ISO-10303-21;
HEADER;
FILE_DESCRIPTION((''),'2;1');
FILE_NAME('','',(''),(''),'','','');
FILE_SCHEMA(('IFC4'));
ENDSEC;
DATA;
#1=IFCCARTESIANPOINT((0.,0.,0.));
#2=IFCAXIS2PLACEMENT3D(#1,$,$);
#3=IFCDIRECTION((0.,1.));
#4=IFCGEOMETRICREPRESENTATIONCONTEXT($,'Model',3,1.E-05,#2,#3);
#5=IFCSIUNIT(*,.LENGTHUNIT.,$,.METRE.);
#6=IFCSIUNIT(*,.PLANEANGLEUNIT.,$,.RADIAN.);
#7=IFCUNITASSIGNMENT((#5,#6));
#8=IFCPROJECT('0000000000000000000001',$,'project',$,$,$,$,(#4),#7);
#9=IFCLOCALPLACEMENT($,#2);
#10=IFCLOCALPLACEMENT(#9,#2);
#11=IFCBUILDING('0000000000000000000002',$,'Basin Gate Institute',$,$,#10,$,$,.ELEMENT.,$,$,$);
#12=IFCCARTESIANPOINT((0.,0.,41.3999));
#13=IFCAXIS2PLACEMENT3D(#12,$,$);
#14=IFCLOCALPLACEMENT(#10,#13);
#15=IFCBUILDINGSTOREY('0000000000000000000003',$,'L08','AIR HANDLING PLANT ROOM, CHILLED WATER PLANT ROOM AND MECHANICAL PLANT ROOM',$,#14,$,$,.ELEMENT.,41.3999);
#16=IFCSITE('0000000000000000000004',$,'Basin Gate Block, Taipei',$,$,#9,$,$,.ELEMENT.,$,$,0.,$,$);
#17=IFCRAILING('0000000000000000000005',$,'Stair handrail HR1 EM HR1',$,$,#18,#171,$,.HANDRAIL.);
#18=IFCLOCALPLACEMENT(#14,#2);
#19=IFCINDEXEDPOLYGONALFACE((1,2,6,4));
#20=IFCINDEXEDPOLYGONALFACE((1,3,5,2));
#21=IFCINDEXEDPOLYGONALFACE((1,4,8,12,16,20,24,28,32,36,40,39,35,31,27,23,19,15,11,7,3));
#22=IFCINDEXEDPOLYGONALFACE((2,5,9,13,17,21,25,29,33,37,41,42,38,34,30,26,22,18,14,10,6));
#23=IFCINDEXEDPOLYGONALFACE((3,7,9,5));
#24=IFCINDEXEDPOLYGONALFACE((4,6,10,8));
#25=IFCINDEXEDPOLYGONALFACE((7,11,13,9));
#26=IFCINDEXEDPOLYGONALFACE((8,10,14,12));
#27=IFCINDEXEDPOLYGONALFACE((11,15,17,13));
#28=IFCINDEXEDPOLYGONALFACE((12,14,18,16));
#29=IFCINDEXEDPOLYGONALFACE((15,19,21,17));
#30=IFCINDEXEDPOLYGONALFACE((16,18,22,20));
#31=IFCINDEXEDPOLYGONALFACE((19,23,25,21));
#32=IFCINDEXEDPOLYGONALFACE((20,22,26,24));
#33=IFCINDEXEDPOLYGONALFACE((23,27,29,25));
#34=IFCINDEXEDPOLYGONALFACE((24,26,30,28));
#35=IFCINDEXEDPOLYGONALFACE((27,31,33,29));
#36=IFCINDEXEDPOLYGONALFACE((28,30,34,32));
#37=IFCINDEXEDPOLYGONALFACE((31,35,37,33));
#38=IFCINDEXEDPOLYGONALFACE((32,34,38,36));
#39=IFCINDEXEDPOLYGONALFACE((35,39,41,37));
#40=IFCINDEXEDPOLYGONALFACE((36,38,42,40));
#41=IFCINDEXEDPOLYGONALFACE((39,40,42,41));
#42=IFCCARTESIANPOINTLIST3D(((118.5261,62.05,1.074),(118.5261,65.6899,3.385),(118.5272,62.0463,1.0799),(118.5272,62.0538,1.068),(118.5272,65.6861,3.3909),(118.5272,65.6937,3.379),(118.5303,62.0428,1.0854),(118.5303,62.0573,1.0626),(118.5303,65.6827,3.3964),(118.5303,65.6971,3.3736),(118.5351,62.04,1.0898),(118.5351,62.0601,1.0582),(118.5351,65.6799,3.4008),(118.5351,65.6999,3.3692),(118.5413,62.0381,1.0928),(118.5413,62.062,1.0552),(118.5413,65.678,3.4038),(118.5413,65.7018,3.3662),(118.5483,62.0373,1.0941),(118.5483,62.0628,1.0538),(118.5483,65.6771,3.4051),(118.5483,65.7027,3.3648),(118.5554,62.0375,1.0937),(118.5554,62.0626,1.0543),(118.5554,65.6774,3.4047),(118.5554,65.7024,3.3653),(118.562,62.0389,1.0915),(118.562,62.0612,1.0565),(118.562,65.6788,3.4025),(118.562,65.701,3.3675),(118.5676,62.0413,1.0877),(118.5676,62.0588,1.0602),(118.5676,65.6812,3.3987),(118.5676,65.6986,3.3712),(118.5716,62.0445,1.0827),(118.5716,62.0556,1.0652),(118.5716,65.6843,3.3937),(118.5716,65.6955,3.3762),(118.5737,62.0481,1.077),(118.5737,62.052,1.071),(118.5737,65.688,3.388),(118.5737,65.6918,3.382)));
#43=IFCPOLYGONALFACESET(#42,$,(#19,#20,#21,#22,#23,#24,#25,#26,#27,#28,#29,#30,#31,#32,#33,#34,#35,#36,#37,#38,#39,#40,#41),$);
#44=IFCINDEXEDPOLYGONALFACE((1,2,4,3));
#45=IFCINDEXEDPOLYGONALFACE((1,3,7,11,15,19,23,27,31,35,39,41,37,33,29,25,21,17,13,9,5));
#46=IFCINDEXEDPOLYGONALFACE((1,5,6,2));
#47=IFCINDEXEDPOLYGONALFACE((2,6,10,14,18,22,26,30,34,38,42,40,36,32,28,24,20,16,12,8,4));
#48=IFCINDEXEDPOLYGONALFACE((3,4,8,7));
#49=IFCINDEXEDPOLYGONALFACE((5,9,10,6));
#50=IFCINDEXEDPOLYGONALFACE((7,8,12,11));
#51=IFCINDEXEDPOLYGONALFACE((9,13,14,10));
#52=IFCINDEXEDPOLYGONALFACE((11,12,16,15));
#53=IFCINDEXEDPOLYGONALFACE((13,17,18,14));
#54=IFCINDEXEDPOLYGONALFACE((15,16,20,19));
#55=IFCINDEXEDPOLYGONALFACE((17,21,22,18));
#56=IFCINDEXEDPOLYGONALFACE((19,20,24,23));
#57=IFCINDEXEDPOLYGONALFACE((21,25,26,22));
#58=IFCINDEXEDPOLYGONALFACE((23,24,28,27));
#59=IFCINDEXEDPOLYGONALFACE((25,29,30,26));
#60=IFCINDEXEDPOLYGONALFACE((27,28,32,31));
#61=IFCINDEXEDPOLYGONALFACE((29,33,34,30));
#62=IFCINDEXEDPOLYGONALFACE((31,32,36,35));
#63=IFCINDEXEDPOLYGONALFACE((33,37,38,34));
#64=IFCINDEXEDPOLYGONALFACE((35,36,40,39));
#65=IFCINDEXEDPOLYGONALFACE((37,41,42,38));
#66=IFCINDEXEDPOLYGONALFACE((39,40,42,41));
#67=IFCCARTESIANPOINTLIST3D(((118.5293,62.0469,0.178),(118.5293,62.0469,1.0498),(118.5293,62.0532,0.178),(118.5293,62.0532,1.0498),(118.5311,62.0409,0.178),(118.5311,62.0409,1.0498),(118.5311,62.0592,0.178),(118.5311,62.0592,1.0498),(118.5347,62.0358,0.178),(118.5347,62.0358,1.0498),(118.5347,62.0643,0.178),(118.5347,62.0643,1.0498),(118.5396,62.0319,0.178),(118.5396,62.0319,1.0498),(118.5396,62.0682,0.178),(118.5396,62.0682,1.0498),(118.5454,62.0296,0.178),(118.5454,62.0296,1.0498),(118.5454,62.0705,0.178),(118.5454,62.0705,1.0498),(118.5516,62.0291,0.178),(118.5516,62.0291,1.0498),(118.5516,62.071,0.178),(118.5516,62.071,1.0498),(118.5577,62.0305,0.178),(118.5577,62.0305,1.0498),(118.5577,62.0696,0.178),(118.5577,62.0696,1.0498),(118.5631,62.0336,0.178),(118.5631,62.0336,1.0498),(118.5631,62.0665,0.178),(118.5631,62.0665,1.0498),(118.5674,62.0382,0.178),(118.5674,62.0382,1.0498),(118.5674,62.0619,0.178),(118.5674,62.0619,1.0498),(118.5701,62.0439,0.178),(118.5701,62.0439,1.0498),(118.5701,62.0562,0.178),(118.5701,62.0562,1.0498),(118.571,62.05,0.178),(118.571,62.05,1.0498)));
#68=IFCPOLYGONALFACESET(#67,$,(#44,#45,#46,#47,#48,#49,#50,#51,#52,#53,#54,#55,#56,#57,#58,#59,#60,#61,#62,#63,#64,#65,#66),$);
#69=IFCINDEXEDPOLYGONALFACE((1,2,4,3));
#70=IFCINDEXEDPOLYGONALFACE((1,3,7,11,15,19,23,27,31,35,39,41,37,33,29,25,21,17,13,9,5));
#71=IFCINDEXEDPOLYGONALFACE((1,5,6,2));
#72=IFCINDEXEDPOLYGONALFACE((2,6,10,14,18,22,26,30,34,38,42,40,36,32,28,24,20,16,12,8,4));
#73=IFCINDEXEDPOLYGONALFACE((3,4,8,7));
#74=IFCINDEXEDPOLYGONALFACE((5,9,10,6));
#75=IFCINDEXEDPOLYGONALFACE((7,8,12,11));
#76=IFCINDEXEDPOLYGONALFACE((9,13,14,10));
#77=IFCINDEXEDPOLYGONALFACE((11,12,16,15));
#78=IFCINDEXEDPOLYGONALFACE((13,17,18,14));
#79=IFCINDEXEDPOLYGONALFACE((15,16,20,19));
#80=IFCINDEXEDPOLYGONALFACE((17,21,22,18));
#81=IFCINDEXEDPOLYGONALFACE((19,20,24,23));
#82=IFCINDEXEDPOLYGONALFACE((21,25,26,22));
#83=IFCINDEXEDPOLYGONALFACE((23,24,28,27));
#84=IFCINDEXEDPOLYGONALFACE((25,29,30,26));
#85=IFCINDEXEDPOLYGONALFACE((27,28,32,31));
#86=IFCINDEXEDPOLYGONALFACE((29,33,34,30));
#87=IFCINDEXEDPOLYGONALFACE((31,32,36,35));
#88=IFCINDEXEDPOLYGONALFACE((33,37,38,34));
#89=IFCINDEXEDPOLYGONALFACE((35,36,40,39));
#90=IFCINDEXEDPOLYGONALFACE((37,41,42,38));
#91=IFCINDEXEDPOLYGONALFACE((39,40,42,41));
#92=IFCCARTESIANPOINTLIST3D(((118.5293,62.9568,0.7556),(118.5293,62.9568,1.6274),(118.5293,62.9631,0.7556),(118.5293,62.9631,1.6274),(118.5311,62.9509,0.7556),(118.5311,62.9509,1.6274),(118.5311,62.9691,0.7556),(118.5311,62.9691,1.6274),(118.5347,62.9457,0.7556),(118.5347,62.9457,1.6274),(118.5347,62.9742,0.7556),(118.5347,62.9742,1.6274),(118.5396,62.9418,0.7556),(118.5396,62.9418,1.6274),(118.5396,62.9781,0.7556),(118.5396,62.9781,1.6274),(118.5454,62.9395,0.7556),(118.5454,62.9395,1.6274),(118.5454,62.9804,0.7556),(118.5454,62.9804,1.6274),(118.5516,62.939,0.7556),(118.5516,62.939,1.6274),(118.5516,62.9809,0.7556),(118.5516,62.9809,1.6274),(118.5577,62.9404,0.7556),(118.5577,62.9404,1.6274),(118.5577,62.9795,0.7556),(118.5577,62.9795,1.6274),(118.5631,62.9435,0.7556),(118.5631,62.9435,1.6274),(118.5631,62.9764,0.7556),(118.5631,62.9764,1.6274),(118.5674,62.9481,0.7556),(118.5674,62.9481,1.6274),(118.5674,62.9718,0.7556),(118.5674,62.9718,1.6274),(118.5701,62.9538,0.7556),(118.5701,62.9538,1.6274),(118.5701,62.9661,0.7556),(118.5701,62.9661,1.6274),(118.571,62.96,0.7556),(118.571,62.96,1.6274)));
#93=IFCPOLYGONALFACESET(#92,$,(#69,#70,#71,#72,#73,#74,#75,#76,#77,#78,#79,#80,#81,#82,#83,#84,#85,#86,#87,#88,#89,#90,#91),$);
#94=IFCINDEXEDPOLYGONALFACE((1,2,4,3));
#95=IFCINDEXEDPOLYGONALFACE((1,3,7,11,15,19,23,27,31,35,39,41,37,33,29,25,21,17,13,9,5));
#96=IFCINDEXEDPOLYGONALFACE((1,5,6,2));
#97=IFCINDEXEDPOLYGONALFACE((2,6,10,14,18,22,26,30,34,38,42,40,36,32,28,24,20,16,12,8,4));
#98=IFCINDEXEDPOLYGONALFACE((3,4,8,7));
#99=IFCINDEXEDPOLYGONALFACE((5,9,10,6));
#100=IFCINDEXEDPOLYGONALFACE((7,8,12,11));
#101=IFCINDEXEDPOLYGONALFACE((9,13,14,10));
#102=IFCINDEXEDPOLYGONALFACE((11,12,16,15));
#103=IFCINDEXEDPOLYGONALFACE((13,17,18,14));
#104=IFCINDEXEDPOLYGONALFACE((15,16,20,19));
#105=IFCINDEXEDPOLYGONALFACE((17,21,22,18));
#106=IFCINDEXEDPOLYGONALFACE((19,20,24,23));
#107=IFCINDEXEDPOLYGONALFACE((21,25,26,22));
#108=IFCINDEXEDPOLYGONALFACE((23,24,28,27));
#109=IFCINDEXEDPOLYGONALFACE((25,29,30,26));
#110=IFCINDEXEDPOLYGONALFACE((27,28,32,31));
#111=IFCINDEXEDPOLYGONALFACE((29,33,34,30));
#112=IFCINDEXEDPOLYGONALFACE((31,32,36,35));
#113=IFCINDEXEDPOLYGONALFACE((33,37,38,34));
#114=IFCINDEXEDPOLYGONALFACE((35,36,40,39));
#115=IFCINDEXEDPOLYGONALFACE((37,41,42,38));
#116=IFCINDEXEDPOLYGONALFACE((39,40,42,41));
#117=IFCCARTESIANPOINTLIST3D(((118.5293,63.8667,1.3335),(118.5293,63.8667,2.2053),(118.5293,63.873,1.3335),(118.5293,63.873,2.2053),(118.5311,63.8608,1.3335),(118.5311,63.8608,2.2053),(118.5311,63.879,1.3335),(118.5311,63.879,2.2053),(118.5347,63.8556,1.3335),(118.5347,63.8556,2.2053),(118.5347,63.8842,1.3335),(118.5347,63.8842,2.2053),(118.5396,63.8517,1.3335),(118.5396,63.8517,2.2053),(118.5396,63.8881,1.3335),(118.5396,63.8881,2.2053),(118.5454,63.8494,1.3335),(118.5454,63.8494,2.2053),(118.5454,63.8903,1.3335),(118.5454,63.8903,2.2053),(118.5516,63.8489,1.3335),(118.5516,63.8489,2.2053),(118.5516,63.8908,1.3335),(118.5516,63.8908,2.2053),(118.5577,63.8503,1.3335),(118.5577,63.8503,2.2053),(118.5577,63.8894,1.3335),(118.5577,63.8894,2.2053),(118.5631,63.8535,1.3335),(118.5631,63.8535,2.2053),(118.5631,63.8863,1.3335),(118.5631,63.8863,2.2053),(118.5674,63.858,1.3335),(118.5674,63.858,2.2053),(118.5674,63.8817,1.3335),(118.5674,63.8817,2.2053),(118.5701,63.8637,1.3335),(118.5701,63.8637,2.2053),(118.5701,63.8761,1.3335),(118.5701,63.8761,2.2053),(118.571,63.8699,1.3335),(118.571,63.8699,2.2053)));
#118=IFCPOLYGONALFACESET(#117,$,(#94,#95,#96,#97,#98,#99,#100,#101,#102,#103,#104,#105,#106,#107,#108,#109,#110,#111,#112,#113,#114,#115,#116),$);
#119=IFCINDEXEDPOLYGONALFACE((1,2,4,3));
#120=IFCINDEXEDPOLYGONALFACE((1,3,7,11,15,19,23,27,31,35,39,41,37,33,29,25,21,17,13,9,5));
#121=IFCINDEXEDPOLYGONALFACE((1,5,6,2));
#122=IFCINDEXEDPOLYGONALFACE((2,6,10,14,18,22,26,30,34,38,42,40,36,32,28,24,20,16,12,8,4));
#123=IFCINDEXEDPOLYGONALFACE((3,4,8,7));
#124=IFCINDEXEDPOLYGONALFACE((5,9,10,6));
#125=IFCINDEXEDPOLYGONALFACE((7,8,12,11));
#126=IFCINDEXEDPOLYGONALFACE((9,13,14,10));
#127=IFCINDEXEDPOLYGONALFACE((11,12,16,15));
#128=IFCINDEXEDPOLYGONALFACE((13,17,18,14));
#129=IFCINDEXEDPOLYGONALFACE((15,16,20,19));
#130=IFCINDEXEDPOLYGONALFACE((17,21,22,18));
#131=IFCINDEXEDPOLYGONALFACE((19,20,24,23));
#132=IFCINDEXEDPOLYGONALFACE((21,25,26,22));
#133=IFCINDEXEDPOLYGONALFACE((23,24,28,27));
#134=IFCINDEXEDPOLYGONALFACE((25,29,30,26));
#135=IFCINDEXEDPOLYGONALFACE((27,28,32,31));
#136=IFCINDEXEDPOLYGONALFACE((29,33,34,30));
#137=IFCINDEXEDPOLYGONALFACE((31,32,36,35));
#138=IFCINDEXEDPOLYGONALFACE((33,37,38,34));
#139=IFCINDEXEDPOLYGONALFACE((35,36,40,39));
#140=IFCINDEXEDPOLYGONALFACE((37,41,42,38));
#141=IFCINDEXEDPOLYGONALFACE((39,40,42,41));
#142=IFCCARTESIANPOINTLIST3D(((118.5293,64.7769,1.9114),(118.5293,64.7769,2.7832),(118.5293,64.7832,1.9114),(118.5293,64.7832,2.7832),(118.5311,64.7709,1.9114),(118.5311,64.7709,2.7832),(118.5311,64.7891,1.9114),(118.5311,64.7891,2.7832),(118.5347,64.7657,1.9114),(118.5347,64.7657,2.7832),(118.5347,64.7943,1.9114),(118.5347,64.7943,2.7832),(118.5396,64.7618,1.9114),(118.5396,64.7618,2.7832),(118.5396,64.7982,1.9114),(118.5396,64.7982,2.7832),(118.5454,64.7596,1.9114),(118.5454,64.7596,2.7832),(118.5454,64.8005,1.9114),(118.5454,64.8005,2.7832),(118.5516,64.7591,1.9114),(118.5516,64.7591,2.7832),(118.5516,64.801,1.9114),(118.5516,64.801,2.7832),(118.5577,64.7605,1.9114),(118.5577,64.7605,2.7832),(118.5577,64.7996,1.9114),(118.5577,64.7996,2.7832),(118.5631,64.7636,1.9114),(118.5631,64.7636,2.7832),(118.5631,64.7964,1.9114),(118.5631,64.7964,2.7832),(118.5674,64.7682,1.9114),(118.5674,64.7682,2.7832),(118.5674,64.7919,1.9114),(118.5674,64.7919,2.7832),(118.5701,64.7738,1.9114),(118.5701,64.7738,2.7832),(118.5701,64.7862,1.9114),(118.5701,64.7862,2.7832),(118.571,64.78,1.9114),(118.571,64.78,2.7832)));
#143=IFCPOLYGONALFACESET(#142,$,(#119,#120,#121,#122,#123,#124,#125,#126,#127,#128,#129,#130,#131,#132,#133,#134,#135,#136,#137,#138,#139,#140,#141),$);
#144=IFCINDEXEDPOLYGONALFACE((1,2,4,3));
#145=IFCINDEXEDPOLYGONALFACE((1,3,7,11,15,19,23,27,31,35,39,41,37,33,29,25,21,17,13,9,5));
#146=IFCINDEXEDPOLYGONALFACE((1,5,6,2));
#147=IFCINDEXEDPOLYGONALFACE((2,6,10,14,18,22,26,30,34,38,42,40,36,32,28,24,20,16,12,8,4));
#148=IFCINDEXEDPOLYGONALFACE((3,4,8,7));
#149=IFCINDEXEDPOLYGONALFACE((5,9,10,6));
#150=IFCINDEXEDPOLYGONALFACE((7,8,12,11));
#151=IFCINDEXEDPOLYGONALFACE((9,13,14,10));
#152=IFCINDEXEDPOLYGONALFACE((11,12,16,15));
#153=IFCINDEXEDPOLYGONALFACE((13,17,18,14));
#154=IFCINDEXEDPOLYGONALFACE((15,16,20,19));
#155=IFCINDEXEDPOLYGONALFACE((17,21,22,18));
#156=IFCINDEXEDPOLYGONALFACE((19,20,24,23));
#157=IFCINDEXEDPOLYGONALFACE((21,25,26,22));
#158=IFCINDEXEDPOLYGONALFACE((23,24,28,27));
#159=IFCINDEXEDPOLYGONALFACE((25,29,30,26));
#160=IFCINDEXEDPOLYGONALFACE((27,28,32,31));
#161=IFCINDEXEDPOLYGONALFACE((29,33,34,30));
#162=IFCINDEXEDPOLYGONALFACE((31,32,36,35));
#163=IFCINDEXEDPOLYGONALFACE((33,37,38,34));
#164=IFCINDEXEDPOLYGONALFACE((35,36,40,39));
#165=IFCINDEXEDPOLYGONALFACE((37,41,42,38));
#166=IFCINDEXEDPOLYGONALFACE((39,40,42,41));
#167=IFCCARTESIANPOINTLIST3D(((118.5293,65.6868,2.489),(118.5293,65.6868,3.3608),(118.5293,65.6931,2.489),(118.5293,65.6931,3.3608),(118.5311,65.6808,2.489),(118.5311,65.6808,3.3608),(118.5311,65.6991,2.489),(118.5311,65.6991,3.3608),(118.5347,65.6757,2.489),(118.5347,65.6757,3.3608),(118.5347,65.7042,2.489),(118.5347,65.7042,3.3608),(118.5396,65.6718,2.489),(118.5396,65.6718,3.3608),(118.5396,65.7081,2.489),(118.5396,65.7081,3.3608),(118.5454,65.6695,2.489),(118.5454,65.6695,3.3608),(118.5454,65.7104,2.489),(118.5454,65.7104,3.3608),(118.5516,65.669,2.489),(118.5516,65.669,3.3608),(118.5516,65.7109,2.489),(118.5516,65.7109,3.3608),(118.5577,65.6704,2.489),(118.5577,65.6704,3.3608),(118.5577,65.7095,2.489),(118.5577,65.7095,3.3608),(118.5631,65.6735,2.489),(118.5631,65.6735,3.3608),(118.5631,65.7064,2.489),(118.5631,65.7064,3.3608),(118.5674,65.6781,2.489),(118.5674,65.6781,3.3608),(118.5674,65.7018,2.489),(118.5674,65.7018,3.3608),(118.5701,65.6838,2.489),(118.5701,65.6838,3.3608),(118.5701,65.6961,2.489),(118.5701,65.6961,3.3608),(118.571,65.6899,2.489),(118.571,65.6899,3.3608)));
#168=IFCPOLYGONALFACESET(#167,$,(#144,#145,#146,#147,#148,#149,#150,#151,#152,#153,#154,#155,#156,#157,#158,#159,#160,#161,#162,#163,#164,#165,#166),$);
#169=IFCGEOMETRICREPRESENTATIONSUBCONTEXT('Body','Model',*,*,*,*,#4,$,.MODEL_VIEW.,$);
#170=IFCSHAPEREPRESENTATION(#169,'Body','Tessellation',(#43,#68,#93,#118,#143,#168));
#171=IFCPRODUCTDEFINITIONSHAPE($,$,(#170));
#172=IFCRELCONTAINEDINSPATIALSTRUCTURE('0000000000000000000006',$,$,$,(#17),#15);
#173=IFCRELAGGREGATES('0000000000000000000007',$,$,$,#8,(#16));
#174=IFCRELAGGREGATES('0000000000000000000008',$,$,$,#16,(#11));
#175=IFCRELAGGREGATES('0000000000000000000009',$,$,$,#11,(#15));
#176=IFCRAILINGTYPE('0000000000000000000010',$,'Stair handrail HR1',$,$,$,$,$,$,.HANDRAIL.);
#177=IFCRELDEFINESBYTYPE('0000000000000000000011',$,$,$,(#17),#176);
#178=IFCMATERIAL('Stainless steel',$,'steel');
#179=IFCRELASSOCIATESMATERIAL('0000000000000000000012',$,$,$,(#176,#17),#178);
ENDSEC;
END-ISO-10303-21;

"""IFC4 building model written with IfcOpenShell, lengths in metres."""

from ifc_helpers import new_model, si_unit, direction, frame, origin, origin_2d, place, context, subcontext, project, spatial, circle, extrude, material, type_object, element, save


model = new_model("IFC4")

# Units and contexts
model_context = context("Model", 3, precision=1e-05, world=origin(), true_north=direction((0.0, 1.0)))
body_context = subcontext(model_context, "Body", "Model", "MODEL_VIEW")
ifc_project = project(units=[si_unit("LENGTHUNIT", "METRE"), si_unit("PLANEANGLEUNIT", "RADIAN")], contexts=[model_context])

# Site, building, storey
site_placement = place(None, origin())
site = spatial("IfcSite", under=ifc_project, at=site_placement, Name="Basin Gate Block, Taipei", CompositionType="ELEMENT", RefElevation=0.0)
building_placement = place(site_placement, origin())
building = spatial("IfcBuilding", under=site, at=building_placement, Name="Basin Gate Institute", CompositionType="ELEMENT")
storey_placement = place(building_placement, frame((0.0, 0.0, 41.3999)))
storey = spatial("IfcBuildingStorey", under=building, at=storey_placement, Name="L08", Description="AIR HANDLING PLANT ROOM, CHILLED WATER PLANT ROOM AND MECHANICAL PLANT ROOM", CompositionType="ELEMENT", Elevation=41.3999)

# Railing
ifc_material_1 = material(Name="Stainless steel", Category="steel")
railing_type_1 = type_object("IfcRailingType", Name="Stair handrail HR1", PredefinedType="HANDRAIL", material=ifc_material_1)
for number, where, name in (
    (1, (118.55, 62.05, 0.178), "Stair handrail HR1 EM HR1"),
):
    element("IfcRailing", number, at=place(storey_placement, frame(where)), inside=storey, type_object=railing_type_1, material=ifc_material_1, Name=name, PredefinedType="HANDRAIL", context=body_context, shape_type="SweptSolid", body=[
        extrude(circle(Radius=0.0239, at=origin_2d()), frame((0.0, 0.0, 0.896), z_axis=(0.0, 0.844214, 0.536007), x_axis=(-1.0, 0.0, 0.0)), (0.0, 0.0, 1.0), 4.3115),
        extrude(circle(Radius=0.021, at=origin_2d()), origin(), (0.0, 0.0, 1.0), 0.8718),
        extrude(circle(Radius=0.021, at=origin_2d()), frame((0.0, 0.9099, 0.5776)), (0.0, 0.0, 1.0), 0.8718),
        extrude(circle(Radius=0.021, at=origin_2d()), frame((0.0, 1.8198, 1.1555)), (0.0, 0.0, 1.0), 0.8718),
        extrude(circle(Radius=0.021, at=origin_2d()), frame((0.0, 2.73, 1.7334)), (0.0, 0.0, 1.0), 0.8718),
        extrude(circle(Radius=0.021, at=origin_2d()), frame((0.0, 3.6399, 2.311)), (0.0, 0.0, 1.0), 0.8718),
    ])

save(model, "model.ifc")
